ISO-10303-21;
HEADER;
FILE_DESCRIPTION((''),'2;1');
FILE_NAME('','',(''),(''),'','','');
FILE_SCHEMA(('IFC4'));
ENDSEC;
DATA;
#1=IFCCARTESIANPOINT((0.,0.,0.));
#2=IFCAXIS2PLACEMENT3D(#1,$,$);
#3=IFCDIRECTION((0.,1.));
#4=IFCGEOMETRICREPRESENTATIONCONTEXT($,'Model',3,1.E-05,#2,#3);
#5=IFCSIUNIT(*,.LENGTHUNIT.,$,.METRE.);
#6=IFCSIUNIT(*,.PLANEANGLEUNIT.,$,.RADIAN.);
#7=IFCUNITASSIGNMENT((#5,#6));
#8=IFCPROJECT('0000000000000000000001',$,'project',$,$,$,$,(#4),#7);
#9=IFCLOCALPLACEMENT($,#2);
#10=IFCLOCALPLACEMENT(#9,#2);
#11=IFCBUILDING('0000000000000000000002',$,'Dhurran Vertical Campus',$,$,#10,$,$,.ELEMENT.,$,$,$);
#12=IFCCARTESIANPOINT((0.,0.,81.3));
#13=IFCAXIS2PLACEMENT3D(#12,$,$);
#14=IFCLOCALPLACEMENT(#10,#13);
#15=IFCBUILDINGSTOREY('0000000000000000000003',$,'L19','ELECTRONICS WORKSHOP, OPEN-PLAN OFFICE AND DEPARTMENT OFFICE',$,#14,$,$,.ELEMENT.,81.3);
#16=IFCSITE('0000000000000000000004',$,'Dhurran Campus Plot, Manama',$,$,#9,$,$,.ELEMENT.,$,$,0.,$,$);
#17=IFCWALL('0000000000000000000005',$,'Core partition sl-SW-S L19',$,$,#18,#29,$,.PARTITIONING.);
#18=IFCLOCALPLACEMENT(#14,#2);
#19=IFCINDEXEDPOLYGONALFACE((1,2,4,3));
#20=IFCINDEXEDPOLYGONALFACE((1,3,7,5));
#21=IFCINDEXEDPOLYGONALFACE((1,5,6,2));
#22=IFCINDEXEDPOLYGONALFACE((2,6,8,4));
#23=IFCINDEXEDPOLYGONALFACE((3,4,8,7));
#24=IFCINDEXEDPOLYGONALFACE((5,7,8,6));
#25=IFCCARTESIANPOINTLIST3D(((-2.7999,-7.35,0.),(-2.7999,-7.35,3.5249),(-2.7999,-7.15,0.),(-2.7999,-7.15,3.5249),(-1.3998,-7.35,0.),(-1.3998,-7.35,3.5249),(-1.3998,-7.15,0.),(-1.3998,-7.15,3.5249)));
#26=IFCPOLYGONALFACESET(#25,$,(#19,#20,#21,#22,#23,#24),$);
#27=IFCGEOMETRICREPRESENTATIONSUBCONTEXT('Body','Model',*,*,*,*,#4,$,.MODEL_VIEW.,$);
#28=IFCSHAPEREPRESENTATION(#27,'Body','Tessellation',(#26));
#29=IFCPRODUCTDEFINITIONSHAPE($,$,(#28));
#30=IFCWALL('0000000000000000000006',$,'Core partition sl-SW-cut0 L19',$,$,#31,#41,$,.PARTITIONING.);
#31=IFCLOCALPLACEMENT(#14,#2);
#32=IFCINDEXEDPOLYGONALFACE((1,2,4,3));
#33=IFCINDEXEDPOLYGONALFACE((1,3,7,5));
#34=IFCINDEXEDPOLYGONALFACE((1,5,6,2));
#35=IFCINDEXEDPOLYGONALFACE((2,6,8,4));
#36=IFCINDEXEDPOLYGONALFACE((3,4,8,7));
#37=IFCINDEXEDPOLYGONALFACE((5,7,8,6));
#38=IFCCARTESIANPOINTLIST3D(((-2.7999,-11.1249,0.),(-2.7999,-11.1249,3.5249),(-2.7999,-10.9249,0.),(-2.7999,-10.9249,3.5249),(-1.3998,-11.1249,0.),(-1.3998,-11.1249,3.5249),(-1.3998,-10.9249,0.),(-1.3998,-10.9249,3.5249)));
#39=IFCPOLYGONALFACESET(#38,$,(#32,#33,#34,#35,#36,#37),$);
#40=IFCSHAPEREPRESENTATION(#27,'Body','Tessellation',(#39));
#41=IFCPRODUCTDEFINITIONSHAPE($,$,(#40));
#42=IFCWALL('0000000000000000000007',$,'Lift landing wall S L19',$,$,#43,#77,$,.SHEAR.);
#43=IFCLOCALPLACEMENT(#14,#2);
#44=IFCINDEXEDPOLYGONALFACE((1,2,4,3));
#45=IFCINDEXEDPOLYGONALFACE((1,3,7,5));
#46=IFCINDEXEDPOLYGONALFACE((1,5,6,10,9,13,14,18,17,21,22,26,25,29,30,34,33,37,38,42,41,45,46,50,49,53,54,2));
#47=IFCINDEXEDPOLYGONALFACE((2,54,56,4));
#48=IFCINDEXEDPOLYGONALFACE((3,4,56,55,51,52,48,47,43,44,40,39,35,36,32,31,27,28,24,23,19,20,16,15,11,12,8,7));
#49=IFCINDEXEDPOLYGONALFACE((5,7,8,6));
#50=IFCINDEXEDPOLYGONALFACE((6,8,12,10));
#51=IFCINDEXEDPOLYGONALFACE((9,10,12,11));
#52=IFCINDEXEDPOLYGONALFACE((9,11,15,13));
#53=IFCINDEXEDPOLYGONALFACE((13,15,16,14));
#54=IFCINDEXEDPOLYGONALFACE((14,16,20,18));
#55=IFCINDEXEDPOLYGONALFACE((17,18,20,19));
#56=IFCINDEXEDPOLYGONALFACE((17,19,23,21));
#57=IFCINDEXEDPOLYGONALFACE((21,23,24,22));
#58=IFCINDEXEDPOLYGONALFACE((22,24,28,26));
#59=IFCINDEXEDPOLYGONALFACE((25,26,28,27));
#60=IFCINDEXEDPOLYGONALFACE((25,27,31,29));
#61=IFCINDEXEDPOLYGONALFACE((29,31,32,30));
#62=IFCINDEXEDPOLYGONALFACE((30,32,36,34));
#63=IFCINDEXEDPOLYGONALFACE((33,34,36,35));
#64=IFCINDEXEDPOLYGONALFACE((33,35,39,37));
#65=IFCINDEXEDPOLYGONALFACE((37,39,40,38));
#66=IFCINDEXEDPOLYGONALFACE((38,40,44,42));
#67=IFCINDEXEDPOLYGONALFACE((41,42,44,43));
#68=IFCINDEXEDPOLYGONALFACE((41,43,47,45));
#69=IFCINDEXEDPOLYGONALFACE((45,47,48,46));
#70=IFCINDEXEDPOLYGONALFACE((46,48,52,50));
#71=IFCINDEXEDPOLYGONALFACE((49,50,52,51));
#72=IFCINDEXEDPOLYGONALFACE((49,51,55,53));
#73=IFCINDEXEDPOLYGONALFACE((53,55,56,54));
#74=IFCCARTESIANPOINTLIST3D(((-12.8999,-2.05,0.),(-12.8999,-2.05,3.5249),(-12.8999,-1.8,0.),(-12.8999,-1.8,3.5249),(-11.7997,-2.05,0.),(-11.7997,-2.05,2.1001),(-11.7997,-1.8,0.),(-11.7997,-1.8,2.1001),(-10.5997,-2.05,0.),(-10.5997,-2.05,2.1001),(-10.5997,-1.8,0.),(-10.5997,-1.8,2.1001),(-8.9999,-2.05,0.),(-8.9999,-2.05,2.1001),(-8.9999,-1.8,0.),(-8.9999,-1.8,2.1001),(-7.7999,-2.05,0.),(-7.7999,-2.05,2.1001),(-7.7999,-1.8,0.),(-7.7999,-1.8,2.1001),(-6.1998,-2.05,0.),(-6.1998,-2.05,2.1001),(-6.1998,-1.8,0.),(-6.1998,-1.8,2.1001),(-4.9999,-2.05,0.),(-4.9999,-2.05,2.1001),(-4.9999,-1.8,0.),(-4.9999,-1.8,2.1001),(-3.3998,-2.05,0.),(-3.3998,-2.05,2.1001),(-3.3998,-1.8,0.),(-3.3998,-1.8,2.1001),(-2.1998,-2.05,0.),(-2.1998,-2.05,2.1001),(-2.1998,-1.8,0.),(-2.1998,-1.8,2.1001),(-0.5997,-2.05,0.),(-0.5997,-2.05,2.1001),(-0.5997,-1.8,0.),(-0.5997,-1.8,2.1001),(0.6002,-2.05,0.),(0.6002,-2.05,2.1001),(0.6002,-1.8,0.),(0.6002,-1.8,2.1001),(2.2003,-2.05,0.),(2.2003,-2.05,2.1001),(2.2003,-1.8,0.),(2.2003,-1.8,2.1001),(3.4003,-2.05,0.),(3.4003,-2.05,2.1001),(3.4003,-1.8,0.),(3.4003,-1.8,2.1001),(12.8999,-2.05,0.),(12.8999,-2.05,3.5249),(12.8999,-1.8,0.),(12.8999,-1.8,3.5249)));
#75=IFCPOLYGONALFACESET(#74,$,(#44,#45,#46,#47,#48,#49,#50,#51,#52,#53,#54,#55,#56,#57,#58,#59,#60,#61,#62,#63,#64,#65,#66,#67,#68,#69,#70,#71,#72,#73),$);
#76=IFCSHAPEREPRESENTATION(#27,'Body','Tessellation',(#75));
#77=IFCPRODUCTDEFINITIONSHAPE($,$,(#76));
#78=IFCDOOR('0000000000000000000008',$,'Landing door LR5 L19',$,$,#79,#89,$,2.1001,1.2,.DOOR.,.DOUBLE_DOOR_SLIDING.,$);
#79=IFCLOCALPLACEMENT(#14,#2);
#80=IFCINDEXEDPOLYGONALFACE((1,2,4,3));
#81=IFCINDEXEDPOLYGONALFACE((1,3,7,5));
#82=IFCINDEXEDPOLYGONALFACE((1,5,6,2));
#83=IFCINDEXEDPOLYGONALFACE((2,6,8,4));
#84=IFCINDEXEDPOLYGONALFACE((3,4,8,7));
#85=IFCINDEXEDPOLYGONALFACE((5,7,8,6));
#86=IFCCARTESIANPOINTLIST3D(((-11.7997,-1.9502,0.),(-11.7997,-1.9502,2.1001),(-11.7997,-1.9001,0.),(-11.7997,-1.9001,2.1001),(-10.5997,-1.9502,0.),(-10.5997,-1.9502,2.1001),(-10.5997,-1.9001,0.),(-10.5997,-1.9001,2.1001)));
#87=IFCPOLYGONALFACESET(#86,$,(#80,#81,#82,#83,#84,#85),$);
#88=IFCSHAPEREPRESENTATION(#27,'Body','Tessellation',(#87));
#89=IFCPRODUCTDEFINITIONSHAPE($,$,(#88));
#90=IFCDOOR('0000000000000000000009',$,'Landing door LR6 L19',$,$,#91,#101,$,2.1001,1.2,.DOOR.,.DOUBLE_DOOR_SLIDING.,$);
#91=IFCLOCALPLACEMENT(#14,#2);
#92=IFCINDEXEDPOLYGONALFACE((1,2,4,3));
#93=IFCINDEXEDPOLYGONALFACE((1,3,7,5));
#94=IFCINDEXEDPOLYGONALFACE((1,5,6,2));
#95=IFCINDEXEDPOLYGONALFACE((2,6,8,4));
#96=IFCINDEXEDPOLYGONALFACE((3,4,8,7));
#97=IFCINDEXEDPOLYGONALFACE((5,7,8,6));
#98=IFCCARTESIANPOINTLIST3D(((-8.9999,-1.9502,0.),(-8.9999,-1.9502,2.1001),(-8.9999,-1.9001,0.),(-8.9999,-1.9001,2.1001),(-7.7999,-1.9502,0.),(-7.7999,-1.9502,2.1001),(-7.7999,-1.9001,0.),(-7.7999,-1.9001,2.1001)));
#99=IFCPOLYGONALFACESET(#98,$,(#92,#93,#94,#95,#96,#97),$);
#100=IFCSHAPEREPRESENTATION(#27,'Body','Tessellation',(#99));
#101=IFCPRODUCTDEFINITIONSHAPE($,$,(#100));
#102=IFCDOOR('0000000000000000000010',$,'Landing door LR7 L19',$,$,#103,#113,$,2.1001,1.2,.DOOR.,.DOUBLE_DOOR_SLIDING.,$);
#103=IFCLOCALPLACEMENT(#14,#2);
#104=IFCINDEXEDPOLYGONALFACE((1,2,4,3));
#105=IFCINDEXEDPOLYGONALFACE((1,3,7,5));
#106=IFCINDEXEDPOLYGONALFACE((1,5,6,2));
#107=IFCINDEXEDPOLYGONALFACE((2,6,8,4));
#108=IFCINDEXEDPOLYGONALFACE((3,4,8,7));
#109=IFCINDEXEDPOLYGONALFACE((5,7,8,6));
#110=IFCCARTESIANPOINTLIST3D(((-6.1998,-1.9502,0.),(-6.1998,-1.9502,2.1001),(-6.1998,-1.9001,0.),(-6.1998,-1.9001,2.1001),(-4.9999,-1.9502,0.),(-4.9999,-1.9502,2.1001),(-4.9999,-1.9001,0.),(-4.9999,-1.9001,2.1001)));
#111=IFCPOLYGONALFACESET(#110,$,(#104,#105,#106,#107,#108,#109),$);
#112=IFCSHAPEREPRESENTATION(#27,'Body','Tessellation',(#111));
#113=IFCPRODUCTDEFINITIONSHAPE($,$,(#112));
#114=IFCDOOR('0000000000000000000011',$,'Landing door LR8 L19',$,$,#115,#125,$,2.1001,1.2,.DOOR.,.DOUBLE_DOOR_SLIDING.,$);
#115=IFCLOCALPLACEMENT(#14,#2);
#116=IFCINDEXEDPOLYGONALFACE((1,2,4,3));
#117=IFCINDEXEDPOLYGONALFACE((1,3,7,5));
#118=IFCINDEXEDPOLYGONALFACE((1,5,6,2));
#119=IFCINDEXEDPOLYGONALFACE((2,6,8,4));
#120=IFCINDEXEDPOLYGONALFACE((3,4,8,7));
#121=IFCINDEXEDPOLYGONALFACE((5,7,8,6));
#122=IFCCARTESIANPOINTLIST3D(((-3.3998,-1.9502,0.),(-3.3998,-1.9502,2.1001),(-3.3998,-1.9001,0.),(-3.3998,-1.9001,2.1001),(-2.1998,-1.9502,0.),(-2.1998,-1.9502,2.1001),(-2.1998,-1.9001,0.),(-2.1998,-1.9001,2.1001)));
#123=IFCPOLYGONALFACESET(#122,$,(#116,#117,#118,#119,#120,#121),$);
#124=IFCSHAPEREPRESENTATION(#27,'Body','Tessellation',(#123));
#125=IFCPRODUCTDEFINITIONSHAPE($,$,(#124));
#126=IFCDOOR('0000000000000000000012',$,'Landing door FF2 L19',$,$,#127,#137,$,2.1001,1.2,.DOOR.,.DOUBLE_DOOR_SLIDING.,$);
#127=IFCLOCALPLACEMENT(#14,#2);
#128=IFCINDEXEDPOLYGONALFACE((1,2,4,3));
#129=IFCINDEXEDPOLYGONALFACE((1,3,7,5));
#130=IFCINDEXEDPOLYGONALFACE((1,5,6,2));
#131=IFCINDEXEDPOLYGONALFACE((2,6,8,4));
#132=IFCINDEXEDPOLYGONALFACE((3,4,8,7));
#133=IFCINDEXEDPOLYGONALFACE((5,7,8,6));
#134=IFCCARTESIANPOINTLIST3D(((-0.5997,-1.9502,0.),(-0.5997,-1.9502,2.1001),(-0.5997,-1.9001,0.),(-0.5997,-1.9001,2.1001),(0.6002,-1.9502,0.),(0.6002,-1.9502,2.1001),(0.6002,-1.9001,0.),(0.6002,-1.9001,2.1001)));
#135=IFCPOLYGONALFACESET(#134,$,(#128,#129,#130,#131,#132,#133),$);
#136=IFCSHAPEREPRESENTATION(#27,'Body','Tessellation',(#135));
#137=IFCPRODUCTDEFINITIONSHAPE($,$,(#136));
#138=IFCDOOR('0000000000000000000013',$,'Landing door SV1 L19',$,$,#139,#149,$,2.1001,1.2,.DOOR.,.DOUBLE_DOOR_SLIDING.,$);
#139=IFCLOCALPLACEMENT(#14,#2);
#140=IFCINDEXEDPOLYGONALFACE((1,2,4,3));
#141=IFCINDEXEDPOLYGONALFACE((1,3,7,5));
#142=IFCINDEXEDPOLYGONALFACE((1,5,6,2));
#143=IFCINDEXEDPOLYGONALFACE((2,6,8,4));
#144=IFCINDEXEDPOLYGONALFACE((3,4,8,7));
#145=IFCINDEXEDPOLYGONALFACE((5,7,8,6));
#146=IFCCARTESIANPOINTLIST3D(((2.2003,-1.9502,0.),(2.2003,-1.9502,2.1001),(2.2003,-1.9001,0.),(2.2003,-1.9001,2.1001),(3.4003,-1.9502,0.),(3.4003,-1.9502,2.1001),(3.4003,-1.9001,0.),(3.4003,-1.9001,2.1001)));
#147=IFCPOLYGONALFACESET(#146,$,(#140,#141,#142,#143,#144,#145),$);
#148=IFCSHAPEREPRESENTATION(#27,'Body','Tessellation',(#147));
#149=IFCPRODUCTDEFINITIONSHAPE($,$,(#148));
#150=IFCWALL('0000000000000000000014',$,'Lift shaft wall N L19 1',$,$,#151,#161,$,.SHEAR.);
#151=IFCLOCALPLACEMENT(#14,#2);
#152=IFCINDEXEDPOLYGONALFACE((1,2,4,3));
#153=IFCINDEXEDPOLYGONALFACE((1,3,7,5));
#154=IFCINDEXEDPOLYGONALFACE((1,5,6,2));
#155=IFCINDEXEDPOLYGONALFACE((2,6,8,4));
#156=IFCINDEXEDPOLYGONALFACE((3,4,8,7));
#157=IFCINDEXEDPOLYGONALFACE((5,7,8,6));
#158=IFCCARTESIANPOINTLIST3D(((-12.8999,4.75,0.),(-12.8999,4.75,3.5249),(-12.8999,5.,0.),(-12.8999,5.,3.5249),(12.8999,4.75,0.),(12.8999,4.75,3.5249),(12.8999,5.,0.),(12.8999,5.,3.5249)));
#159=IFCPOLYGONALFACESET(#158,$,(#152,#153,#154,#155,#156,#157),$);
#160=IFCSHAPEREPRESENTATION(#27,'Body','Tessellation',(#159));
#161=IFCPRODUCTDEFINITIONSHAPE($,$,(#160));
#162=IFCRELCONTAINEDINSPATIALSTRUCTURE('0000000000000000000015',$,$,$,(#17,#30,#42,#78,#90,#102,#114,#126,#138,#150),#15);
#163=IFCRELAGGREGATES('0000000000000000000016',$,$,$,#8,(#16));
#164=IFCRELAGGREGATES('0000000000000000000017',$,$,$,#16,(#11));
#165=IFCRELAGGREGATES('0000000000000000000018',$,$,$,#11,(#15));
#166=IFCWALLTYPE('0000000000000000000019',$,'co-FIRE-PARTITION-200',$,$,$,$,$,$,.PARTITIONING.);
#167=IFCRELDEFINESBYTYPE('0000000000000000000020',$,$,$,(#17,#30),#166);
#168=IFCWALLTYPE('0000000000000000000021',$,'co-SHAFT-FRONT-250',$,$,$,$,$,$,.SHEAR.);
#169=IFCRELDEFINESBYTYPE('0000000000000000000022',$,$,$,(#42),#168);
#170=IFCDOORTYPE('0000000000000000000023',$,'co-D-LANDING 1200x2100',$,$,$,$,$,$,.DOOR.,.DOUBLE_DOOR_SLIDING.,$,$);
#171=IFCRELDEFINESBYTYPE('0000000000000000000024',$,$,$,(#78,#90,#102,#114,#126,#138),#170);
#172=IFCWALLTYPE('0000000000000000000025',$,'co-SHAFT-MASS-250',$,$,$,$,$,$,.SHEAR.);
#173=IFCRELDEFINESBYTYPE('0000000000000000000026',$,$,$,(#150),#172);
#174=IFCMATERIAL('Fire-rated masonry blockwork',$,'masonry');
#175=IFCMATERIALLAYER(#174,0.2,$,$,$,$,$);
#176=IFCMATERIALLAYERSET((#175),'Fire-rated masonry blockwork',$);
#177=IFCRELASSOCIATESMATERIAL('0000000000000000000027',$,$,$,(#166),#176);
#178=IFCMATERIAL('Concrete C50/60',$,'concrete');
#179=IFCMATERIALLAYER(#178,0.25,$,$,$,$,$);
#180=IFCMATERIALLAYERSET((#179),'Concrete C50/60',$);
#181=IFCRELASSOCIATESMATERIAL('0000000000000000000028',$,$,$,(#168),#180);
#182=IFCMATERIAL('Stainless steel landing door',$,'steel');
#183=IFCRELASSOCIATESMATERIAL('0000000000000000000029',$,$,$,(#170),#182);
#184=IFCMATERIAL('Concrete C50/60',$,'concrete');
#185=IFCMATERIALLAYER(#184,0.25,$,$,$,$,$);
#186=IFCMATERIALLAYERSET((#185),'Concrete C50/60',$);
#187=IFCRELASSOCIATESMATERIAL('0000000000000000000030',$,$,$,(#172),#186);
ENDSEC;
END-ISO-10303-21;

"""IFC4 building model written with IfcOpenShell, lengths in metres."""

from ifc_helpers import new_model, si_unit, direction, frame, frame_2d, origin, place, context, subcontext, project, spatial, polyline, rectangle, outline, extrude, material, layer, layer_set, type_object, element, fill, save


model = new_model("IFC4")

# Units and contexts
model_context = context("Model", 3, precision=1e-05, world=origin(), true_north=direction((0.0, 1.0)))
body_context = subcontext(model_context, "Body", "Model", "MODEL_VIEW")
ifc_project = project(units=[si_unit("LENGTHUNIT", "METRE"), si_unit("PLANEANGLEUNIT", "RADIAN")], contexts=[model_context])

# Site, building, storey
site_placement = place(None, origin())
site = spatial("IfcSite", under=ifc_project, at=site_placement, Name="Dhurran Campus Plot, Manama", CompositionType="ELEMENT", RefElevation=0.0)
building_placement = place(site_placement, origin())
building = spatial("IfcBuilding", under=site, at=building_placement, Name="Dhurran Vertical Campus", CompositionType="ELEMENT")
storey_placement = place(building_placement, frame((0.0, 0.0, 81.3)))
storey = spatial("IfcBuildingStorey", under=building, at=storey_placement, Name="L19", Description="ELECTRONICS WORKSHOP, OPEN-PLAN OFFICE AND DEPARTMENT OFFICE", CompositionType="ELEMENT", Elevation=81.3)

# Shared definitions
ifc_material_1 = material(Name="Fire-rated masonry blockwork", Category="masonry")
ifc_layer_1 = layer(ifc_material_1, 0.2)
ifc_layer_set_1 = layer_set([ifc_layer_1], Name="Fire-rated masonry blockwork")
wall_type_1 = type_object("IfcWallType", Name="co-FIRE-PARTITION-200", PredefinedType="PARTITIONING", material=ifc_layer_set_1)

# Walls
for number, where, z_axis, x_axis, name in (
    (1, (-2.8, -7.25, 0.0), (0.0, 0.0, 1.0), (1.0, 0.0, 0.0), "Core partition sl-SW-S L19"),
    (2, (-2.8, -11.0249, 0.0), (0.0, 0.0, 1.0), (1.0, 0.0, 0.0), "Core partition sl-SW-cut0 L19"),
):
    element("IfcWall", number, at=place(storey_placement, frame(where, z_axis=z_axis, x_axis=x_axis)), inside=storey, type_object=wall_type_1, Name=name, PredefinedType="PARTITIONING", context=body_context, shape_type="SweptSolid", body=[
        extrude(rectangle(XDim=1.4001, YDim=0.2, at=frame_2d((0.7002, 0.0))), origin(), (0.0, 0.0, 1.0), 3.5249),
    ])

# Wall, openings, doors
ifc_material_2 = material(Name="Concrete C50/60", Category="concrete")
ifc_layer_2 = layer(ifc_material_2, 0.25)
ifc_layer_set_2 = layer_set([ifc_layer_2], Name="Concrete C50/60")
wall_type_2 = type_object("IfcWallType", Name="co-SHAFT-FRONT-250", PredefinedType="SHEAR", material=ifc_layer_set_2)
wall_1_placement = place(storey_placement, frame((-12.8999, -1.925, 0.0), z_axis=(0.0, 0.0, 1.0), x_axis=(1.0, 0.0, 0.0)))
wall_1 = element("IfcWall", 3, at=wall_1_placement, inside=storey, type_object=wall_type_2, Name="Lift landing wall S L19", PredefinedType="SHEAR", context=body_context, shape_type="SweptSolid", body=[
    extrude(rectangle(XDim=25.7998, YDim=0.25, at=frame_2d((12.8999, 0.0))), origin(), (0.0, 0.0, 1.0), 3.5249),
])
opening_1_placement = place(wall_1_placement, frame((1.1001, 0.0, 0.0)))
opening_1 = element("IfcOpeningElement", 4, at=opening_1_placement, cuts=wall_1, PredefinedType="OPENING", context=body_context, shape_type="SweptSolid", body=[
    extrude(rectangle(XDim=1.2, YDim=2.1001, at=frame_2d((0.6001, 1.05))), frame((0.0, 0.135, 0.0), z_axis=(0.0, -1.0, 0.0), x_axis=(1.0, 0.0, 0.0)), (0.0, 0.0, 1.0), 0.27),
])
opening_2_placement = place(wall_1_placement, frame((3.8999, 0.0, 0.0)))
opening_2 = element("IfcOpeningElement", 5, at=opening_2_placement, cuts=wall_1, PredefinedType="OPENING", context=body_context, shape_type="SweptSolid", body=[
    extrude(rectangle(XDim=1.2, YDim=2.1001, at=frame_2d((0.6001, 1.05))), frame((0.0, 0.135, 0.0), z_axis=(0.0, -1.0, 0.0), x_axis=(1.0, 0.0, 0.0)), (0.0, 0.0, 1.0), 0.27),
])
opening_3_placement = place(wall_1_placement, frame((6.7, 0.0, 0.0)))
opening_3 = element("IfcOpeningElement", 6, at=opening_3_placement, cuts=wall_1, PredefinedType="OPENING", context=body_context, shape_type="SweptSolid", body=[
    extrude(rectangle(XDim=1.2, YDim=2.1001, at=frame_2d((0.6001, 1.05))), frame((0.0, 0.135, 0.0), z_axis=(0.0, -1.0, 0.0), x_axis=(1.0, 0.0, 0.0)), (0.0, 0.0, 1.0), 0.27),
])
opening_4_placement = place(wall_1_placement, frame((9.5, 0.0, 0.0)))
opening_4 = element("IfcOpeningElement", 7, at=opening_4_placement, cuts=wall_1, PredefinedType="OPENING", context=body_context, shape_type="SweptSolid", body=[
    extrude(rectangle(XDim=1.2, YDim=2.1001, at=frame_2d((0.6001, 1.05))), frame((0.0, 0.135, 0.0), z_axis=(0.0, -1.0, 0.0), x_axis=(1.0, 0.0, 0.0)), (0.0, 0.0, 1.0), 0.27),
])
opening_5_placement = place(wall_1_placement, frame((12.3, 0.0, 0.0)))
opening_5 = element("IfcOpeningElement", 8, at=opening_5_placement, cuts=wall_1, PredefinedType="OPENING", context=body_context, shape_type="SweptSolid", body=[
    extrude(rectangle(XDim=1.2, YDim=2.1001, at=frame_2d((0.6001, 1.05))), frame((0.0, 0.135, 0.0), z_axis=(0.0, -1.0, 0.0), x_axis=(1.0, 0.0, 0.0)), (0.0, 0.0, 1.0), 0.27),
])
opening_6_placement = place(wall_1_placement, frame((15.1001, 0.0, 0.0)))
opening_6 = element("IfcOpeningElement", 9, at=opening_6_placement, cuts=wall_1, PredefinedType="OPENING", context=body_context, shape_type="SweptSolid", body=[
    extrude(rectangle(XDim=1.2, YDim=2.1001, at=frame_2d((0.6001, 1.05))), frame((0.0, 0.135, 0.0), z_axis=(0.0, -1.0, 0.0), x_axis=(1.0, 0.0, 0.0)), (0.0, 0.0, 1.0), 0.27),
])
ifc_material_3 = material(Name="Stainless steel landing door", Category="steel")
door_type_1 = type_object("IfcDoorType", Name="co-D-LANDING 1200x2100", OperationType="DOUBLE_DOOR_SLIDING", PredefinedType="DOOR", material=ifc_material_3)
door_1_placement = place(opening_1_placement, origin())
door_1 = element("IfcDoor", 10, at=door_1_placement, inside=storey, type_object=door_type_1, Name="Landing door LR5 L19", OperationType="DOUBLE_DOOR_SLIDING", OverallHeight=2.1001, OverallWidth=1.2, PredefinedType="DOOR", context=body_context, shape_type="SweptSolid", body=[
    extrude(rectangle(XDim=1.2, YDim=2.1001, at=frame_2d((0.6001, 1.05))), frame((0.0, 0.0249, 0.0), z_axis=(0.0, -1.0, 0.0), x_axis=(1.0, 0.0, 0.0)), (0.0, 0.0, 1.0), 0.05),
])
fill(opening_1, door_1)
door_2_placement = place(opening_2_placement, origin())
door_2 = element("IfcDoor", 11, at=door_2_placement, inside=storey, type_object=door_type_1, Name="Landing door LR6 L19", OperationType="DOUBLE_DOOR_SLIDING", OverallHeight=2.1001, OverallWidth=1.2, PredefinedType="DOOR", context=body_context, shape_type="SweptSolid", body=[
    extrude(rectangle(XDim=1.2, YDim=2.1001, at=frame_2d((0.6001, 1.05))), frame((0.0, 0.0249, 0.0), z_axis=(0.0, -1.0, 0.0), x_axis=(1.0, 0.0, 0.0)), (0.0, 0.0, 1.0), 0.05),
])
fill(opening_2, door_2)
door_3_placement = place(opening_3_placement, origin())
door_3 = element("IfcDoor", 12, at=door_3_placement, inside=storey, type_object=door_type_1, Name="Landing door LR7 L19", OperationType="DOUBLE_DOOR_SLIDING", OverallHeight=2.1001, OverallWidth=1.2, PredefinedType="DOOR", context=body_context, shape_type="SweptSolid", body=[
    extrude(rectangle(XDim=1.2, YDim=2.1001, at=frame_2d((0.6001, 1.05))), frame((0.0, 0.0249, 0.0), z_axis=(0.0, -1.0, 0.0), x_axis=(1.0, 0.0, 0.0)), (0.0, 0.0, 1.0), 0.05),
])
fill(opening_3, door_3)
door_4_placement = place(opening_4_placement, origin())
door_4 = element("IfcDoor", 13, at=door_4_placement, inside=storey, type_object=door_type_1, Name="Landing door LR8 L19", OperationType="DOUBLE_DOOR_SLIDING", OverallHeight=2.1001, OverallWidth=1.2, PredefinedType="DOOR", context=body_context, shape_type="SweptSolid", body=[
    extrude(rectangle(XDim=1.2, YDim=2.1001, at=frame_2d((0.6001, 1.05))), frame((0.0, 0.0249, 0.0), z_axis=(0.0, -1.0, 0.0), x_axis=(1.0, 0.0, 0.0)), (0.0, 0.0, 1.0), 0.05),
])
fill(opening_4, door_4)
door_5_placement = place(opening_5_placement, origin())
door_5 = element("IfcDoor", 14, at=door_5_placement, inside=storey, type_object=door_type_1, Name="Landing door FF2 L19", OperationType="DOUBLE_DOOR_SLIDING", OverallHeight=2.1001, OverallWidth=1.2, PredefinedType="DOOR", context=body_context, shape_type="SweptSolid", body=[
    extrude(rectangle(XDim=1.2, YDim=2.1001, at=frame_2d((0.6001, 1.05))), frame((0.0, 0.0249, 0.0), z_axis=(0.0, -1.0, 0.0), x_axis=(1.0, 0.0, 0.0)), (0.0, 0.0, 1.0), 0.05),
])
fill(opening_5, door_5)
door_6_placement = place(opening_6_placement, origin())
door_6 = element("IfcDoor", 15, at=door_6_placement, inside=storey, type_object=door_type_1, Name="Landing door SV1 L19", OperationType="DOUBLE_DOOR_SLIDING", OverallHeight=2.1001, OverallWidth=1.2, PredefinedType="DOOR", context=body_context, shape_type="SweptSolid", body=[
    extrude(rectangle(XDim=1.2, YDim=2.1001, at=frame_2d((0.6001, 1.05))), frame((0.0, 0.0249, 0.0), z_axis=(0.0, -1.0, 0.0), x_axis=(1.0, 0.0, 0.0)), (0.0, 0.0, 1.0), 0.05),
])
fill(opening_6, door_6)

# Wall
ifc_material_4 = material(Name="Concrete C50/60", Category="concrete")
ifc_layer_3 = layer(ifc_material_4, 0.25)
ifc_layer_set_3 = layer_set([ifc_layer_3], Name="Concrete C50/60")
wall_type_3 = type_object("IfcWallType", Name="co-SHAFT-MASS-250", PredefinedType="SHEAR", material=ifc_layer_set_3)
wall_2_placement = place(storey_placement, origin())
element("IfcWall", 16, at=wall_2_placement, inside=storey, type_object=wall_type_3, Name="Lift shaft wall N L19 1", PredefinedType="SHEAR", context=body_context, shape_type="SweptSolid", body=[
    extrude(outline(polyline([(-12.8999, 4.75), (12.8999, 4.75), (12.8999, 5.0), (-12.8999, 5.0), (-12.8999, 4.75)])), origin(), (0.0, 0.0, 1.0), 3.5249),
])

save(model, "model.ifc")
